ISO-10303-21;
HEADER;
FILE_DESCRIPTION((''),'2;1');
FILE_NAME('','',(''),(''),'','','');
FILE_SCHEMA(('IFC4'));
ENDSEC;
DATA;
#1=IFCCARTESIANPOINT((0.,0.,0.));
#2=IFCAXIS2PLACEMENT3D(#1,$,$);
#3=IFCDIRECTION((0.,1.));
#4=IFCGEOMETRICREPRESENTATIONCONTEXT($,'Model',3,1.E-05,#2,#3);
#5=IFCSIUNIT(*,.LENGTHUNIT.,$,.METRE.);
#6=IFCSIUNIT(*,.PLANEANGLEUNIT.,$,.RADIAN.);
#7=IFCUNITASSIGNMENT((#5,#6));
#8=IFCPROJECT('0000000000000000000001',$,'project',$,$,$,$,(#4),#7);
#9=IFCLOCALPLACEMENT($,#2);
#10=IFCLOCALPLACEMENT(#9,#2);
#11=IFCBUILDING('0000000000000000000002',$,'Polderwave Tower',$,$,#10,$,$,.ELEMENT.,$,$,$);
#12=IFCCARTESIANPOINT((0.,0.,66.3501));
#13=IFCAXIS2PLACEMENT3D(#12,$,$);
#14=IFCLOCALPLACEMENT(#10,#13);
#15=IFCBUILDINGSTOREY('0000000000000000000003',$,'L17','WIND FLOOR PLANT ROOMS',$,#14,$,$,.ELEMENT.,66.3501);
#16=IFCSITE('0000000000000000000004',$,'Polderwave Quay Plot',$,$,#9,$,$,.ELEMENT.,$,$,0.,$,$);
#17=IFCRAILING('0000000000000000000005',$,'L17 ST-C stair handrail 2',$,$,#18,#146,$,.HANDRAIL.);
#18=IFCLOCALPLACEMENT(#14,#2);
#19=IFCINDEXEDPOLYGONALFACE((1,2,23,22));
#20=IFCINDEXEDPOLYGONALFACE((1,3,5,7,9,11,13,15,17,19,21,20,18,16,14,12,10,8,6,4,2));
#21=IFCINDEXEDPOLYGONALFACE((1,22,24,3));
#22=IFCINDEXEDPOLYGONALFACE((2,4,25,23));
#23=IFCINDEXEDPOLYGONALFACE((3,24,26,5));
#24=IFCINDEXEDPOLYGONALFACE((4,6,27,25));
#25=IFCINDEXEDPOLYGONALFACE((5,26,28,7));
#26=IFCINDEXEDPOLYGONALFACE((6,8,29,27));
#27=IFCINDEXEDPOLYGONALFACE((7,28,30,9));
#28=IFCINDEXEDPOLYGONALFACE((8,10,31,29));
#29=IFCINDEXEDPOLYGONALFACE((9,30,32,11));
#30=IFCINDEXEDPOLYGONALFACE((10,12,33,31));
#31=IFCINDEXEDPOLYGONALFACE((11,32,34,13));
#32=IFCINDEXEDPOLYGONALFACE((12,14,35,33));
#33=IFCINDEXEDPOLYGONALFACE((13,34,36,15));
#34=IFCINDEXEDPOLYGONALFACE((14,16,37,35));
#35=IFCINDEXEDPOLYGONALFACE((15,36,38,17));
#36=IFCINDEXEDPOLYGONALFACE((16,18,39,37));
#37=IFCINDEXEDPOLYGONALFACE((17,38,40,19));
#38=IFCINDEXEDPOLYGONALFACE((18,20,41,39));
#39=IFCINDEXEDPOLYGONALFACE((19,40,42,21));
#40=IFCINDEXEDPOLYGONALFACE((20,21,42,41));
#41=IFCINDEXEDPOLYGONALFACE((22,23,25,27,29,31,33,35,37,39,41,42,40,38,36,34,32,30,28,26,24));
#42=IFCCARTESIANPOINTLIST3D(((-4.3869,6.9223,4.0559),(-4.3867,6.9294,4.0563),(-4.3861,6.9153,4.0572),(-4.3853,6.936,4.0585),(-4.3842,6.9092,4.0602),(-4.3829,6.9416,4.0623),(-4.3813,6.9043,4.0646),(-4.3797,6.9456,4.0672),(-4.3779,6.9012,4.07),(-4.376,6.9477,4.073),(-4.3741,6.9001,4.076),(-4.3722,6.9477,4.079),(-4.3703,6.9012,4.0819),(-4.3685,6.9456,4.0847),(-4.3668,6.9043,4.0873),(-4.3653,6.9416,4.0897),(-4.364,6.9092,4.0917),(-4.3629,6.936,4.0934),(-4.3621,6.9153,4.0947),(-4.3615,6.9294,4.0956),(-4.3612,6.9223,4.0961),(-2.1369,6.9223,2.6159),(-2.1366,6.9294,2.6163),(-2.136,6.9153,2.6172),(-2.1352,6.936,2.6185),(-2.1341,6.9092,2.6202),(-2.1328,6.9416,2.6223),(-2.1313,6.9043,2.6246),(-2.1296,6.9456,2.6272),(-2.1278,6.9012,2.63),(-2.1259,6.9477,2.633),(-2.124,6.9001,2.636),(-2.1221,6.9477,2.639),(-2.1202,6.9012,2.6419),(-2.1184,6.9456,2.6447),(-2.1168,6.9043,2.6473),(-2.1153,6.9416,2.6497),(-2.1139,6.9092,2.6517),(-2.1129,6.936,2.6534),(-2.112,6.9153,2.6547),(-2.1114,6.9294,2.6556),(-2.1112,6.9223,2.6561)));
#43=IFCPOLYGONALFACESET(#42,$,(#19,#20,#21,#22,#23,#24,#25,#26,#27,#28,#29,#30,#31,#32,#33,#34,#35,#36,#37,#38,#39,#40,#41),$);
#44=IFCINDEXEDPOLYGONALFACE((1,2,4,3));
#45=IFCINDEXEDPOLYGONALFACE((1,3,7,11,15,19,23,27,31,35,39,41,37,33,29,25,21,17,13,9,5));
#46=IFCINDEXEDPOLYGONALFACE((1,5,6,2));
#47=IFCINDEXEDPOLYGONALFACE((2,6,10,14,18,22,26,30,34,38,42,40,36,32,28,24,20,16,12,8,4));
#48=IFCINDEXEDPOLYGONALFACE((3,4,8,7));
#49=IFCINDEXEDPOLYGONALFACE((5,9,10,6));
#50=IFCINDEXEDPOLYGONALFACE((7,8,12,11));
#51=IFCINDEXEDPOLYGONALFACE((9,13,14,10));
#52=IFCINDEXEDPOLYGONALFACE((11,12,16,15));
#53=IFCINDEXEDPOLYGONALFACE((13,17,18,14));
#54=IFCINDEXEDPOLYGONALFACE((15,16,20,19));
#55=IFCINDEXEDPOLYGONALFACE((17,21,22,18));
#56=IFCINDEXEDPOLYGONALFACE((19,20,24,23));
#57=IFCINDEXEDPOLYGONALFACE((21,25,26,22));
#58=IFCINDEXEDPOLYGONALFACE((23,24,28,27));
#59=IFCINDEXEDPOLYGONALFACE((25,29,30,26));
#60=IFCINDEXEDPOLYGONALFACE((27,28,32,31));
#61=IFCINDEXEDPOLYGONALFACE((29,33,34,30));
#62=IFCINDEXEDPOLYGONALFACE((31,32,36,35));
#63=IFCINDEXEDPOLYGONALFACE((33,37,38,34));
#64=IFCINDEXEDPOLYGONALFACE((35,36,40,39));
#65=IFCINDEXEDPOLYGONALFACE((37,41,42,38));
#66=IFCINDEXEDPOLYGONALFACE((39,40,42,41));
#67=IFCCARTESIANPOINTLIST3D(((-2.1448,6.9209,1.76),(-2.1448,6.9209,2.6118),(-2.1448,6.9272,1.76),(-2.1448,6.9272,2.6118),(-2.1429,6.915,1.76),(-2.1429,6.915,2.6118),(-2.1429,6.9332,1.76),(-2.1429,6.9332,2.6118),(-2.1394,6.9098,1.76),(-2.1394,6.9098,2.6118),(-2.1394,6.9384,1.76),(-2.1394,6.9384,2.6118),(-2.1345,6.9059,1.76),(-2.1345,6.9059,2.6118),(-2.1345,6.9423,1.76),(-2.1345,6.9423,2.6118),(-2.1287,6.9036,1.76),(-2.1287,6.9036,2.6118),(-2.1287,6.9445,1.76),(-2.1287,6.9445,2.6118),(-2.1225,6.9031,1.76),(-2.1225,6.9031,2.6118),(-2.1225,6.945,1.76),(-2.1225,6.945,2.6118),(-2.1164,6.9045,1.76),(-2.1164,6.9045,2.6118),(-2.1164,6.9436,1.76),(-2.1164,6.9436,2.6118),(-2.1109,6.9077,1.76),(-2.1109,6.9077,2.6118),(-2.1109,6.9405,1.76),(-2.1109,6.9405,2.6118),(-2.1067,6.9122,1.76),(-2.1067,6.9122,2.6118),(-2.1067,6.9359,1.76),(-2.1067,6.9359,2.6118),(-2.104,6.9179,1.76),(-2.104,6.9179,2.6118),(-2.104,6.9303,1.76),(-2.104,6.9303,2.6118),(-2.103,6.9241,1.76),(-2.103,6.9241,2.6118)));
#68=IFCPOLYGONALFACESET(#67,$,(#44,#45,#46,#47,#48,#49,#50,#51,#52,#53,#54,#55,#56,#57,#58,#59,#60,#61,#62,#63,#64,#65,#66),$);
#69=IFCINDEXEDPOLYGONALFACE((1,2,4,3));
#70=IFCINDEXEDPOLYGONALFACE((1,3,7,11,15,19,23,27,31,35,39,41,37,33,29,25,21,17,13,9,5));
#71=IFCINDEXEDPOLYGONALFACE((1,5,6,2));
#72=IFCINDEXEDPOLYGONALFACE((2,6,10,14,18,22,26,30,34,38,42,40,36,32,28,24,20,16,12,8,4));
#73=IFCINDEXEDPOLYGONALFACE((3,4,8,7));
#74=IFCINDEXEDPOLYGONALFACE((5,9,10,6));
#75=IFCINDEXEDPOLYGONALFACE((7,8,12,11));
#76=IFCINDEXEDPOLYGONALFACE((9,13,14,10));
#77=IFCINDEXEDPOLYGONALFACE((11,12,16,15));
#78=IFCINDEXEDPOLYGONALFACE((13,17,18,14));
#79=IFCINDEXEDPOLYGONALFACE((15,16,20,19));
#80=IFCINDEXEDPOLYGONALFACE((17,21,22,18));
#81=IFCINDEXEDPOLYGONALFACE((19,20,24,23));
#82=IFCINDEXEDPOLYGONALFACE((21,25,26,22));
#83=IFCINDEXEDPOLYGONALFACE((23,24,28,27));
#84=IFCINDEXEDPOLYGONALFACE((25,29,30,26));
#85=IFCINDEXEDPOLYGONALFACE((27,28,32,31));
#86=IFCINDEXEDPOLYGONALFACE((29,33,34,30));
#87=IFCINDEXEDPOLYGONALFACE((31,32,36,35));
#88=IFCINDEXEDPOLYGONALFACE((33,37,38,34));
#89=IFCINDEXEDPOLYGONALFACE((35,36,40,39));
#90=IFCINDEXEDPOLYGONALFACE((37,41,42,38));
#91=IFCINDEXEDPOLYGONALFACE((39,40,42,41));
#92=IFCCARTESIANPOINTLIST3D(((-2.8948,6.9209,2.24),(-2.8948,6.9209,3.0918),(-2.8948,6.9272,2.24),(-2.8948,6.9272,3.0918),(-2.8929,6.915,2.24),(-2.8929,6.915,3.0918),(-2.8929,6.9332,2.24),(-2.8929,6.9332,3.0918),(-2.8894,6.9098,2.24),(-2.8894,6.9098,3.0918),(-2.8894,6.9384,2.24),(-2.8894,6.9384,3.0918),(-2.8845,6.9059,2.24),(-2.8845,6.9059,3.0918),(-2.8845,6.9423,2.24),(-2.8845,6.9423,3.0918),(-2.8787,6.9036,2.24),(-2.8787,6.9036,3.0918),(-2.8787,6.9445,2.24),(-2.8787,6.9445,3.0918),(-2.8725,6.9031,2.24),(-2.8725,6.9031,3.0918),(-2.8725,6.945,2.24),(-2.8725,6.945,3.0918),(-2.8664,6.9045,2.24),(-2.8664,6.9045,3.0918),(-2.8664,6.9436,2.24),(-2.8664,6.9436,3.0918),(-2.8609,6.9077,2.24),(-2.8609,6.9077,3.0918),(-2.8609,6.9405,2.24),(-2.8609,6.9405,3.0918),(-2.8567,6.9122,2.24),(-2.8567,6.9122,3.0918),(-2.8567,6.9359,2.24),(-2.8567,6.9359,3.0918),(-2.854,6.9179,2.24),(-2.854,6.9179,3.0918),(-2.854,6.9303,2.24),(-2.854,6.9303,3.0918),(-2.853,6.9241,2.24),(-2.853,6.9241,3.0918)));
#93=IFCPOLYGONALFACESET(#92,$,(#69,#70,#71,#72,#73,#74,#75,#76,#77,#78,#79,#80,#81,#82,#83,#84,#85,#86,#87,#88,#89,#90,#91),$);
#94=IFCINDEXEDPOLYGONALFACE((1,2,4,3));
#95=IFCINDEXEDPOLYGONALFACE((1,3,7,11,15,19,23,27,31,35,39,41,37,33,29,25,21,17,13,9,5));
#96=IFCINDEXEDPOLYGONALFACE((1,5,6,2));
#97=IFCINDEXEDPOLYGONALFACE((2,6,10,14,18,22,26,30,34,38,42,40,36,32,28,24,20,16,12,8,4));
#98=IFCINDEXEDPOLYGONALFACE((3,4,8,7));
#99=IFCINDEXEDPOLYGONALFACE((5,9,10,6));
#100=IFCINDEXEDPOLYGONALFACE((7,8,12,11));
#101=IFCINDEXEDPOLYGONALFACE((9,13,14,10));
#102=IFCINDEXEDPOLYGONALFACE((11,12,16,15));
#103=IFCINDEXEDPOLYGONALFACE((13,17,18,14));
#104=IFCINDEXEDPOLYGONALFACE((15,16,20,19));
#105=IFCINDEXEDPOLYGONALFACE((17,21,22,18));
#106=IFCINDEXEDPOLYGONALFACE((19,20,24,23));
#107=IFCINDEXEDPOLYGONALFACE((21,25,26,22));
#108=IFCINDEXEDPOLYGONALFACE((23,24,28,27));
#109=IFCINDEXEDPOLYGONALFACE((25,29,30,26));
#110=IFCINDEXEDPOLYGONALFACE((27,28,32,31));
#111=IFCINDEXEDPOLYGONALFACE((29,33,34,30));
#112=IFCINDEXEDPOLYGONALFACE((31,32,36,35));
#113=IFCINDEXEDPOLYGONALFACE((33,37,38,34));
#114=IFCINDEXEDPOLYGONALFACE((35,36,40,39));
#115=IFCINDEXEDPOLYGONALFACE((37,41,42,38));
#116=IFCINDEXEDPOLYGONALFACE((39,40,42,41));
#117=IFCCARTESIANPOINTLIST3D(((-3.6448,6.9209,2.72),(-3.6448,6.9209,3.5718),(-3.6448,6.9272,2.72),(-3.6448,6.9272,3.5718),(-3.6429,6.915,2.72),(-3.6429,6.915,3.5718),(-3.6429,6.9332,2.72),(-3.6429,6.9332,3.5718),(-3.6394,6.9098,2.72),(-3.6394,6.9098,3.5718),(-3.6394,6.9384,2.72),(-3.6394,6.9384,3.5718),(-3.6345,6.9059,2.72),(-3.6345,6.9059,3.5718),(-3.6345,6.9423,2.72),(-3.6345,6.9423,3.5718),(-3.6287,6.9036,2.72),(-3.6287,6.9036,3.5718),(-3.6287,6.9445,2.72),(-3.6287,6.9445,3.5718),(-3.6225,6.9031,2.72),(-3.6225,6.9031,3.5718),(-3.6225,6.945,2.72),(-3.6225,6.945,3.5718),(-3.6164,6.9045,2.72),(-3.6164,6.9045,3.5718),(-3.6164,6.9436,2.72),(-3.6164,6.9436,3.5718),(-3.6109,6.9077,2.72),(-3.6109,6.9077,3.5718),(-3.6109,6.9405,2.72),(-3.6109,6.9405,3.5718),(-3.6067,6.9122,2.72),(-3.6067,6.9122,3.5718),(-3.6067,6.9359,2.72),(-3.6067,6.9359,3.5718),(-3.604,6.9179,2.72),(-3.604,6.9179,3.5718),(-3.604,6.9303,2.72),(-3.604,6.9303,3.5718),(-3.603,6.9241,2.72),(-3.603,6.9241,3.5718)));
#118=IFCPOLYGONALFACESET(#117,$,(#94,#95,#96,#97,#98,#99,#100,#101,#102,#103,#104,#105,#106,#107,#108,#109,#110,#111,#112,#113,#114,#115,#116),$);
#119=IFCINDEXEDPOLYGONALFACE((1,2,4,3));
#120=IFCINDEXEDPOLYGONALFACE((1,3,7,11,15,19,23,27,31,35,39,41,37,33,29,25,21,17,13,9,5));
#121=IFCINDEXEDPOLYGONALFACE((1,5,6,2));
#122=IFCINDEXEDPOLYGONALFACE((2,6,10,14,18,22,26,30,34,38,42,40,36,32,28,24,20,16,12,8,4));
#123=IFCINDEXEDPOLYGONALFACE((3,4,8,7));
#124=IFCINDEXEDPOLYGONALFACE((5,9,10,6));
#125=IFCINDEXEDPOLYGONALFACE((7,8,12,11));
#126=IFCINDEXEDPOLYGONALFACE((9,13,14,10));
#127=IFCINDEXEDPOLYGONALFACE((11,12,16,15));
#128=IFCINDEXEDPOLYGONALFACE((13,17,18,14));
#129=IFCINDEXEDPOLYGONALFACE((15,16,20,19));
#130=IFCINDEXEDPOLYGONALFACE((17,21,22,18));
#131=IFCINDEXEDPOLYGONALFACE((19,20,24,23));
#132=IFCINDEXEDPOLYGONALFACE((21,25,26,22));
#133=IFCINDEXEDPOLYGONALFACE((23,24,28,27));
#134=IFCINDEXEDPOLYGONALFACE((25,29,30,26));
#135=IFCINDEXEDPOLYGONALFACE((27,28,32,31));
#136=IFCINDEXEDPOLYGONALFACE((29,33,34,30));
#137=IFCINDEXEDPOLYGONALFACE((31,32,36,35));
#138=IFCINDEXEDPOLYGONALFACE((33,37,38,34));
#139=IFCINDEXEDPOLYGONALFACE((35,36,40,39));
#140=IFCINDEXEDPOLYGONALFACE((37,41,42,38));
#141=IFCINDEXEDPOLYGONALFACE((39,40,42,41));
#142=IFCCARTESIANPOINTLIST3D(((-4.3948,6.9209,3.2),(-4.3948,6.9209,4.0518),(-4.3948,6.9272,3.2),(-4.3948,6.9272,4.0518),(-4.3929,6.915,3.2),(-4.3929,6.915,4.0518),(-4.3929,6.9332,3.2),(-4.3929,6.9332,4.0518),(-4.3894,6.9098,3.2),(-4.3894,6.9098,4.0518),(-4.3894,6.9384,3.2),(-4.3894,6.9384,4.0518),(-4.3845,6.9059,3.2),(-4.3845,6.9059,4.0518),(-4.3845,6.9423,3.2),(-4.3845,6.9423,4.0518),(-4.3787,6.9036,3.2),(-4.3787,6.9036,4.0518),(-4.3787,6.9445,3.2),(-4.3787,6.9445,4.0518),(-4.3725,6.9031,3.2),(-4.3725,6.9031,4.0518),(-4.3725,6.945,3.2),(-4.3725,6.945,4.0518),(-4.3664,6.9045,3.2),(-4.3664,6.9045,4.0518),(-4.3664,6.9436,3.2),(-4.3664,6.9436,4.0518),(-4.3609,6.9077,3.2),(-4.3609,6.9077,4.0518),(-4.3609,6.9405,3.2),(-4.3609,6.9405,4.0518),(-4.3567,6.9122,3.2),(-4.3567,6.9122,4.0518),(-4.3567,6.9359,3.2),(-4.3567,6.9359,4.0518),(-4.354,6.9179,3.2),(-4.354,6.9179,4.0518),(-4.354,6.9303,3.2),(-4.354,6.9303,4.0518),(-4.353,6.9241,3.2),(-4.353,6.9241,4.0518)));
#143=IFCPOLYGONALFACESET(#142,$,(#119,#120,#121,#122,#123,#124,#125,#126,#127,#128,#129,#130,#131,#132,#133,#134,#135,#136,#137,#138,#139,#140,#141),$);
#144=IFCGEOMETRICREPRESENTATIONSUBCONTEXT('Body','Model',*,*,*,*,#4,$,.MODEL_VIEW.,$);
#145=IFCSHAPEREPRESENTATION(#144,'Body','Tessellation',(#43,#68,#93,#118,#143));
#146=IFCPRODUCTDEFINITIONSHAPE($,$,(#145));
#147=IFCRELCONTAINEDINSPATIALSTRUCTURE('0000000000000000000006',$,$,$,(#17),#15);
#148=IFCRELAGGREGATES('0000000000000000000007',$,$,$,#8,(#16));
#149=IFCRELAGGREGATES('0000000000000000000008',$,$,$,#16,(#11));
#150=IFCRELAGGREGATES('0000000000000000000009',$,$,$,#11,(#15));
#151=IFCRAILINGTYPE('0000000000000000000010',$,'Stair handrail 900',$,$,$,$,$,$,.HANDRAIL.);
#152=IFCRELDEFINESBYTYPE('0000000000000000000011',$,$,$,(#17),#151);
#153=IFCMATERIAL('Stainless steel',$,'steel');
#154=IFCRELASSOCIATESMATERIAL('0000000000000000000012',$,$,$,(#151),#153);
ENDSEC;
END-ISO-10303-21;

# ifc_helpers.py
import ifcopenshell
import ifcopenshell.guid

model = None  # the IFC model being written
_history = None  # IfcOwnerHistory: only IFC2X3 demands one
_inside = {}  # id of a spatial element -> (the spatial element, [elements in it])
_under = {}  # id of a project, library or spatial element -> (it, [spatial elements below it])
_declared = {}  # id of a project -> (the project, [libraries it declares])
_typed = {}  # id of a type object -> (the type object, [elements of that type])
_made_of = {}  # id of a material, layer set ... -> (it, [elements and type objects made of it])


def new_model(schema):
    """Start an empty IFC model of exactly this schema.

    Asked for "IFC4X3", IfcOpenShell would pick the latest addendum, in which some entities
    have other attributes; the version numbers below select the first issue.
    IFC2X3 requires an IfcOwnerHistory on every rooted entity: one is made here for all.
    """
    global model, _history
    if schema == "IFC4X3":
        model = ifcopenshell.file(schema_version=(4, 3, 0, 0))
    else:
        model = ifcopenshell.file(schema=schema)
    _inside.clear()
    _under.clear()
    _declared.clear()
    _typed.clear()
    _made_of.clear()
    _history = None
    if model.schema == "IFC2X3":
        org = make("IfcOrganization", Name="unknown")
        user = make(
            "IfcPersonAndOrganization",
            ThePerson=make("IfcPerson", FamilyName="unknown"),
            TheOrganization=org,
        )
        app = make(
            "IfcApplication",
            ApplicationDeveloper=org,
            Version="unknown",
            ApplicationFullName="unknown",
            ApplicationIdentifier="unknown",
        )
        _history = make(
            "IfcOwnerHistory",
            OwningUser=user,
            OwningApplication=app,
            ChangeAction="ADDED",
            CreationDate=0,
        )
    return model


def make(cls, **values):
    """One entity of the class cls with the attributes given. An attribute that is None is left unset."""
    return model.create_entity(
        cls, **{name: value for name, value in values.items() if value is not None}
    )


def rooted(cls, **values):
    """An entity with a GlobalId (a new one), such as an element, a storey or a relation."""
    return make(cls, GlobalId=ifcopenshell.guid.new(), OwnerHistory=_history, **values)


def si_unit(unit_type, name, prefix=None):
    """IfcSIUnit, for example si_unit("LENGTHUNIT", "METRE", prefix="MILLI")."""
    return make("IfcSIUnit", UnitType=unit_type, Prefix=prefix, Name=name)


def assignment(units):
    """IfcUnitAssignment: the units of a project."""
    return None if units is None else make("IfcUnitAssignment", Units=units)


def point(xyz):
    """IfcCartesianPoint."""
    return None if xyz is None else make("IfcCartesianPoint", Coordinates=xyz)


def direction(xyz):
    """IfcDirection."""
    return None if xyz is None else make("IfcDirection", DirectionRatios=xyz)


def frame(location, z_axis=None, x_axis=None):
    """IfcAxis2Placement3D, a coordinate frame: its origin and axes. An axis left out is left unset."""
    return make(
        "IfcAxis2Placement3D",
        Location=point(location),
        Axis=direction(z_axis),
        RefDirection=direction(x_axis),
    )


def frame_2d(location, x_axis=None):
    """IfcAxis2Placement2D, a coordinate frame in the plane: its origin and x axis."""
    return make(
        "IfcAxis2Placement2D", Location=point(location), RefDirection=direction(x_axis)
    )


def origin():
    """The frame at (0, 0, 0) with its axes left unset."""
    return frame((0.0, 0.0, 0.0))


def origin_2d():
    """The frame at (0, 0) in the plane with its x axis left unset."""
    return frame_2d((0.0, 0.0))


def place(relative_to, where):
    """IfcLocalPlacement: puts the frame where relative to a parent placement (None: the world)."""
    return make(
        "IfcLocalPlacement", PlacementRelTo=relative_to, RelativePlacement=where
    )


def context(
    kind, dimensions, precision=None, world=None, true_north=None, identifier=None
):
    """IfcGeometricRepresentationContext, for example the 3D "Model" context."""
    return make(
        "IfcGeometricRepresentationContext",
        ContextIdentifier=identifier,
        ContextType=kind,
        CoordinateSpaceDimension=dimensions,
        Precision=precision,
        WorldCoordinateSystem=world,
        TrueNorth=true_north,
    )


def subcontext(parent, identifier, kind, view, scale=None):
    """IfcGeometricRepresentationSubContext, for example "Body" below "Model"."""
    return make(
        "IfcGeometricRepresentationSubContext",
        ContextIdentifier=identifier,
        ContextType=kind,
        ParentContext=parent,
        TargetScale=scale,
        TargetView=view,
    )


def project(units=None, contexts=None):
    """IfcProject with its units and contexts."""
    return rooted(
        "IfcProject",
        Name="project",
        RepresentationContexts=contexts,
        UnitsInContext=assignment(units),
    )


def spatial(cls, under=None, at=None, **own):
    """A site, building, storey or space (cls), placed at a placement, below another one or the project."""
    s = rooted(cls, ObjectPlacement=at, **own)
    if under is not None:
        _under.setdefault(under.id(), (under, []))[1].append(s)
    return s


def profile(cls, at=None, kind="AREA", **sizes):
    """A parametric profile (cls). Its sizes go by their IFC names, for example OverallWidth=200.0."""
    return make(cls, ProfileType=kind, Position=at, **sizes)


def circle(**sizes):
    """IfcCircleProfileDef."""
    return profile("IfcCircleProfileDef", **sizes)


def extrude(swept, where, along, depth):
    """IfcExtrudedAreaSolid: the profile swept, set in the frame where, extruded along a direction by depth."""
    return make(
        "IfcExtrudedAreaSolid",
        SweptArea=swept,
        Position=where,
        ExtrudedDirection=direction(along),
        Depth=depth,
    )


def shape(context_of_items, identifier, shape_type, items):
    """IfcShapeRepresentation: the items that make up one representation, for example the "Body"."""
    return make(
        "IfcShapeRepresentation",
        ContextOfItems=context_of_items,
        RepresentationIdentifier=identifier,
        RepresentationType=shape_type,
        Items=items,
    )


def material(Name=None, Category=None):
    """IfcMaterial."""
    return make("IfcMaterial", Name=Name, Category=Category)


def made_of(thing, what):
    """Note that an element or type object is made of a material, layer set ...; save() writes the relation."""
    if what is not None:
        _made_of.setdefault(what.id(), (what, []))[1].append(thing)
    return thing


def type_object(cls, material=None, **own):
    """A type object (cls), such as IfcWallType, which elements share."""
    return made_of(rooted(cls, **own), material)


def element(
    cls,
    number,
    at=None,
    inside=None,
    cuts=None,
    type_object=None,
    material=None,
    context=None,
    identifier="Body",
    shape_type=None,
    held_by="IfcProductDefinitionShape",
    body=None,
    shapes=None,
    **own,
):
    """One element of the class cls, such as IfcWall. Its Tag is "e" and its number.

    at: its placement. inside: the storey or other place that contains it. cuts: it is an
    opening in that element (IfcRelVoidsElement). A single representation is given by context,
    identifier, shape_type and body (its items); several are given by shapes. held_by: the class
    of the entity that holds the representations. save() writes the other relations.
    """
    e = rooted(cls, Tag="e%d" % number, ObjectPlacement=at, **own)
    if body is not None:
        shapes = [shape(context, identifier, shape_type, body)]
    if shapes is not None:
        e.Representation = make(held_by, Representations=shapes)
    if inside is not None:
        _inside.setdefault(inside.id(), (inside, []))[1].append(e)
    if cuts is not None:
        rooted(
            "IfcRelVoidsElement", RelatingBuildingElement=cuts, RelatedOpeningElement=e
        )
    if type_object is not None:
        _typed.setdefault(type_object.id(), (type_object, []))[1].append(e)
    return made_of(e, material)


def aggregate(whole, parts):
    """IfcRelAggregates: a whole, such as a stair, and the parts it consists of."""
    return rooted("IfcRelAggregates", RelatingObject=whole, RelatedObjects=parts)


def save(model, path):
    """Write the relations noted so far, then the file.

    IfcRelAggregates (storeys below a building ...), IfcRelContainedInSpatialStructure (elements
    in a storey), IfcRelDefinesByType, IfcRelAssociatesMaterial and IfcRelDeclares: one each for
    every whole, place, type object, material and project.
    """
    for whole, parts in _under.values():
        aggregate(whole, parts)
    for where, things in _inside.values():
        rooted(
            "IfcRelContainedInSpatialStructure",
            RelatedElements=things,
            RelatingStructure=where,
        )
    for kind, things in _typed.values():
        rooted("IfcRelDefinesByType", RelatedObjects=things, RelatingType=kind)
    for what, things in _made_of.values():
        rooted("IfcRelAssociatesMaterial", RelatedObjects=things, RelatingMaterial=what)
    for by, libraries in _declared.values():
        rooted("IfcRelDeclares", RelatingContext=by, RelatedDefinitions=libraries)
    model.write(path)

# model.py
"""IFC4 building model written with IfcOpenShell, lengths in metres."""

from ifc_helpers import new_model, si_unit, direction, frame, origin, origin_2d, place, context, subcontext, project, spatial, circle, extrude, material, type_object, element, save


model = new_model("IFC4")

# Units and contexts
model_context = context("Model", 3, precision=1e-05, world=origin(), true_north=direction((0.0, 1.0)))
body_context = subcontext(model_context, "Body", "Model", "MODEL_VIEW")
ifc_project = project(units=[si_unit("LENGTHUNIT", "METRE"), si_unit("PLANEANGLEUNIT", "RADIAN")], contexts=[model_context])

# Site, building, storey
site_placement = place(None, origin())
site = spatial("IfcSite", under=ifc_project, at=site_placement, Name="Polderwave Quay Plot", CompositionType="ELEMENT", RefElevation=0.0)
building_placement = place(site_placement, origin())
building = spatial("IfcBuilding", under=site, at=building_placement, Name="Polderwave Tower", CompositionType="ELEMENT")
storey_placement = place(building_placement, frame((0.0, 0.0, 66.3501)))
storey = spatial("IfcBuildingStorey", under=building, at=storey_placement, Name="L17", Description="WIND FLOOR PLANT ROOMS", CompositionType="ELEMENT", Elevation=66.3501)

# Railing
ifc_material_1 = material(Name="Stainless steel", Category="steel")
railing_type_1 = type_object("IfcRailingType", Name="Stair handrail 900", PredefinedType="HANDRAIL", material=ifc_material_1)
railing_1_placement = place(storey_placement, frame((-2.124, 6.9241, 1.76)))
element("IfcRailing", 1, at=railing_1_placement, inside=storey, type_object=railing_type_1, Name="L17 ST-C stair handrail 2", PredefinedType="HANDRAIL", context=body_context, shape_type="SweptSolid", body=[
    extrude(circle(Radius=0.0239, at=origin_2d()), frame((0.0, 0.0, 0.876), z_axis=(-0.842281, 0.0, 0.539038), x_axis=(0.0, -1.0, 0.0)), (0.0, 0.0, 1.0), 2.6714),
    extrude(circle(Radius=0.021, at=origin_2d()), origin(), (0.0, 0.0, 1.0), 0.8518),
    extrude(circle(Radius=0.021, at=origin_2d()), frame((-0.75, 0.0, 0.48)), (0.0, 0.0, 1.0), 0.8518),
    extrude(circle(Radius=0.021, at=origin_2d()), frame((-1.5, 0.0, 0.96)), (0.0, 0.0, 1.0), 0.8518),
    extrude(circle(Radius=0.021, at=origin_2d()), frame((-2.25, 0.0, 1.4399)), (0.0, 0.0, 1.0), 0.8518),
])

save(model, "model.ifc")
